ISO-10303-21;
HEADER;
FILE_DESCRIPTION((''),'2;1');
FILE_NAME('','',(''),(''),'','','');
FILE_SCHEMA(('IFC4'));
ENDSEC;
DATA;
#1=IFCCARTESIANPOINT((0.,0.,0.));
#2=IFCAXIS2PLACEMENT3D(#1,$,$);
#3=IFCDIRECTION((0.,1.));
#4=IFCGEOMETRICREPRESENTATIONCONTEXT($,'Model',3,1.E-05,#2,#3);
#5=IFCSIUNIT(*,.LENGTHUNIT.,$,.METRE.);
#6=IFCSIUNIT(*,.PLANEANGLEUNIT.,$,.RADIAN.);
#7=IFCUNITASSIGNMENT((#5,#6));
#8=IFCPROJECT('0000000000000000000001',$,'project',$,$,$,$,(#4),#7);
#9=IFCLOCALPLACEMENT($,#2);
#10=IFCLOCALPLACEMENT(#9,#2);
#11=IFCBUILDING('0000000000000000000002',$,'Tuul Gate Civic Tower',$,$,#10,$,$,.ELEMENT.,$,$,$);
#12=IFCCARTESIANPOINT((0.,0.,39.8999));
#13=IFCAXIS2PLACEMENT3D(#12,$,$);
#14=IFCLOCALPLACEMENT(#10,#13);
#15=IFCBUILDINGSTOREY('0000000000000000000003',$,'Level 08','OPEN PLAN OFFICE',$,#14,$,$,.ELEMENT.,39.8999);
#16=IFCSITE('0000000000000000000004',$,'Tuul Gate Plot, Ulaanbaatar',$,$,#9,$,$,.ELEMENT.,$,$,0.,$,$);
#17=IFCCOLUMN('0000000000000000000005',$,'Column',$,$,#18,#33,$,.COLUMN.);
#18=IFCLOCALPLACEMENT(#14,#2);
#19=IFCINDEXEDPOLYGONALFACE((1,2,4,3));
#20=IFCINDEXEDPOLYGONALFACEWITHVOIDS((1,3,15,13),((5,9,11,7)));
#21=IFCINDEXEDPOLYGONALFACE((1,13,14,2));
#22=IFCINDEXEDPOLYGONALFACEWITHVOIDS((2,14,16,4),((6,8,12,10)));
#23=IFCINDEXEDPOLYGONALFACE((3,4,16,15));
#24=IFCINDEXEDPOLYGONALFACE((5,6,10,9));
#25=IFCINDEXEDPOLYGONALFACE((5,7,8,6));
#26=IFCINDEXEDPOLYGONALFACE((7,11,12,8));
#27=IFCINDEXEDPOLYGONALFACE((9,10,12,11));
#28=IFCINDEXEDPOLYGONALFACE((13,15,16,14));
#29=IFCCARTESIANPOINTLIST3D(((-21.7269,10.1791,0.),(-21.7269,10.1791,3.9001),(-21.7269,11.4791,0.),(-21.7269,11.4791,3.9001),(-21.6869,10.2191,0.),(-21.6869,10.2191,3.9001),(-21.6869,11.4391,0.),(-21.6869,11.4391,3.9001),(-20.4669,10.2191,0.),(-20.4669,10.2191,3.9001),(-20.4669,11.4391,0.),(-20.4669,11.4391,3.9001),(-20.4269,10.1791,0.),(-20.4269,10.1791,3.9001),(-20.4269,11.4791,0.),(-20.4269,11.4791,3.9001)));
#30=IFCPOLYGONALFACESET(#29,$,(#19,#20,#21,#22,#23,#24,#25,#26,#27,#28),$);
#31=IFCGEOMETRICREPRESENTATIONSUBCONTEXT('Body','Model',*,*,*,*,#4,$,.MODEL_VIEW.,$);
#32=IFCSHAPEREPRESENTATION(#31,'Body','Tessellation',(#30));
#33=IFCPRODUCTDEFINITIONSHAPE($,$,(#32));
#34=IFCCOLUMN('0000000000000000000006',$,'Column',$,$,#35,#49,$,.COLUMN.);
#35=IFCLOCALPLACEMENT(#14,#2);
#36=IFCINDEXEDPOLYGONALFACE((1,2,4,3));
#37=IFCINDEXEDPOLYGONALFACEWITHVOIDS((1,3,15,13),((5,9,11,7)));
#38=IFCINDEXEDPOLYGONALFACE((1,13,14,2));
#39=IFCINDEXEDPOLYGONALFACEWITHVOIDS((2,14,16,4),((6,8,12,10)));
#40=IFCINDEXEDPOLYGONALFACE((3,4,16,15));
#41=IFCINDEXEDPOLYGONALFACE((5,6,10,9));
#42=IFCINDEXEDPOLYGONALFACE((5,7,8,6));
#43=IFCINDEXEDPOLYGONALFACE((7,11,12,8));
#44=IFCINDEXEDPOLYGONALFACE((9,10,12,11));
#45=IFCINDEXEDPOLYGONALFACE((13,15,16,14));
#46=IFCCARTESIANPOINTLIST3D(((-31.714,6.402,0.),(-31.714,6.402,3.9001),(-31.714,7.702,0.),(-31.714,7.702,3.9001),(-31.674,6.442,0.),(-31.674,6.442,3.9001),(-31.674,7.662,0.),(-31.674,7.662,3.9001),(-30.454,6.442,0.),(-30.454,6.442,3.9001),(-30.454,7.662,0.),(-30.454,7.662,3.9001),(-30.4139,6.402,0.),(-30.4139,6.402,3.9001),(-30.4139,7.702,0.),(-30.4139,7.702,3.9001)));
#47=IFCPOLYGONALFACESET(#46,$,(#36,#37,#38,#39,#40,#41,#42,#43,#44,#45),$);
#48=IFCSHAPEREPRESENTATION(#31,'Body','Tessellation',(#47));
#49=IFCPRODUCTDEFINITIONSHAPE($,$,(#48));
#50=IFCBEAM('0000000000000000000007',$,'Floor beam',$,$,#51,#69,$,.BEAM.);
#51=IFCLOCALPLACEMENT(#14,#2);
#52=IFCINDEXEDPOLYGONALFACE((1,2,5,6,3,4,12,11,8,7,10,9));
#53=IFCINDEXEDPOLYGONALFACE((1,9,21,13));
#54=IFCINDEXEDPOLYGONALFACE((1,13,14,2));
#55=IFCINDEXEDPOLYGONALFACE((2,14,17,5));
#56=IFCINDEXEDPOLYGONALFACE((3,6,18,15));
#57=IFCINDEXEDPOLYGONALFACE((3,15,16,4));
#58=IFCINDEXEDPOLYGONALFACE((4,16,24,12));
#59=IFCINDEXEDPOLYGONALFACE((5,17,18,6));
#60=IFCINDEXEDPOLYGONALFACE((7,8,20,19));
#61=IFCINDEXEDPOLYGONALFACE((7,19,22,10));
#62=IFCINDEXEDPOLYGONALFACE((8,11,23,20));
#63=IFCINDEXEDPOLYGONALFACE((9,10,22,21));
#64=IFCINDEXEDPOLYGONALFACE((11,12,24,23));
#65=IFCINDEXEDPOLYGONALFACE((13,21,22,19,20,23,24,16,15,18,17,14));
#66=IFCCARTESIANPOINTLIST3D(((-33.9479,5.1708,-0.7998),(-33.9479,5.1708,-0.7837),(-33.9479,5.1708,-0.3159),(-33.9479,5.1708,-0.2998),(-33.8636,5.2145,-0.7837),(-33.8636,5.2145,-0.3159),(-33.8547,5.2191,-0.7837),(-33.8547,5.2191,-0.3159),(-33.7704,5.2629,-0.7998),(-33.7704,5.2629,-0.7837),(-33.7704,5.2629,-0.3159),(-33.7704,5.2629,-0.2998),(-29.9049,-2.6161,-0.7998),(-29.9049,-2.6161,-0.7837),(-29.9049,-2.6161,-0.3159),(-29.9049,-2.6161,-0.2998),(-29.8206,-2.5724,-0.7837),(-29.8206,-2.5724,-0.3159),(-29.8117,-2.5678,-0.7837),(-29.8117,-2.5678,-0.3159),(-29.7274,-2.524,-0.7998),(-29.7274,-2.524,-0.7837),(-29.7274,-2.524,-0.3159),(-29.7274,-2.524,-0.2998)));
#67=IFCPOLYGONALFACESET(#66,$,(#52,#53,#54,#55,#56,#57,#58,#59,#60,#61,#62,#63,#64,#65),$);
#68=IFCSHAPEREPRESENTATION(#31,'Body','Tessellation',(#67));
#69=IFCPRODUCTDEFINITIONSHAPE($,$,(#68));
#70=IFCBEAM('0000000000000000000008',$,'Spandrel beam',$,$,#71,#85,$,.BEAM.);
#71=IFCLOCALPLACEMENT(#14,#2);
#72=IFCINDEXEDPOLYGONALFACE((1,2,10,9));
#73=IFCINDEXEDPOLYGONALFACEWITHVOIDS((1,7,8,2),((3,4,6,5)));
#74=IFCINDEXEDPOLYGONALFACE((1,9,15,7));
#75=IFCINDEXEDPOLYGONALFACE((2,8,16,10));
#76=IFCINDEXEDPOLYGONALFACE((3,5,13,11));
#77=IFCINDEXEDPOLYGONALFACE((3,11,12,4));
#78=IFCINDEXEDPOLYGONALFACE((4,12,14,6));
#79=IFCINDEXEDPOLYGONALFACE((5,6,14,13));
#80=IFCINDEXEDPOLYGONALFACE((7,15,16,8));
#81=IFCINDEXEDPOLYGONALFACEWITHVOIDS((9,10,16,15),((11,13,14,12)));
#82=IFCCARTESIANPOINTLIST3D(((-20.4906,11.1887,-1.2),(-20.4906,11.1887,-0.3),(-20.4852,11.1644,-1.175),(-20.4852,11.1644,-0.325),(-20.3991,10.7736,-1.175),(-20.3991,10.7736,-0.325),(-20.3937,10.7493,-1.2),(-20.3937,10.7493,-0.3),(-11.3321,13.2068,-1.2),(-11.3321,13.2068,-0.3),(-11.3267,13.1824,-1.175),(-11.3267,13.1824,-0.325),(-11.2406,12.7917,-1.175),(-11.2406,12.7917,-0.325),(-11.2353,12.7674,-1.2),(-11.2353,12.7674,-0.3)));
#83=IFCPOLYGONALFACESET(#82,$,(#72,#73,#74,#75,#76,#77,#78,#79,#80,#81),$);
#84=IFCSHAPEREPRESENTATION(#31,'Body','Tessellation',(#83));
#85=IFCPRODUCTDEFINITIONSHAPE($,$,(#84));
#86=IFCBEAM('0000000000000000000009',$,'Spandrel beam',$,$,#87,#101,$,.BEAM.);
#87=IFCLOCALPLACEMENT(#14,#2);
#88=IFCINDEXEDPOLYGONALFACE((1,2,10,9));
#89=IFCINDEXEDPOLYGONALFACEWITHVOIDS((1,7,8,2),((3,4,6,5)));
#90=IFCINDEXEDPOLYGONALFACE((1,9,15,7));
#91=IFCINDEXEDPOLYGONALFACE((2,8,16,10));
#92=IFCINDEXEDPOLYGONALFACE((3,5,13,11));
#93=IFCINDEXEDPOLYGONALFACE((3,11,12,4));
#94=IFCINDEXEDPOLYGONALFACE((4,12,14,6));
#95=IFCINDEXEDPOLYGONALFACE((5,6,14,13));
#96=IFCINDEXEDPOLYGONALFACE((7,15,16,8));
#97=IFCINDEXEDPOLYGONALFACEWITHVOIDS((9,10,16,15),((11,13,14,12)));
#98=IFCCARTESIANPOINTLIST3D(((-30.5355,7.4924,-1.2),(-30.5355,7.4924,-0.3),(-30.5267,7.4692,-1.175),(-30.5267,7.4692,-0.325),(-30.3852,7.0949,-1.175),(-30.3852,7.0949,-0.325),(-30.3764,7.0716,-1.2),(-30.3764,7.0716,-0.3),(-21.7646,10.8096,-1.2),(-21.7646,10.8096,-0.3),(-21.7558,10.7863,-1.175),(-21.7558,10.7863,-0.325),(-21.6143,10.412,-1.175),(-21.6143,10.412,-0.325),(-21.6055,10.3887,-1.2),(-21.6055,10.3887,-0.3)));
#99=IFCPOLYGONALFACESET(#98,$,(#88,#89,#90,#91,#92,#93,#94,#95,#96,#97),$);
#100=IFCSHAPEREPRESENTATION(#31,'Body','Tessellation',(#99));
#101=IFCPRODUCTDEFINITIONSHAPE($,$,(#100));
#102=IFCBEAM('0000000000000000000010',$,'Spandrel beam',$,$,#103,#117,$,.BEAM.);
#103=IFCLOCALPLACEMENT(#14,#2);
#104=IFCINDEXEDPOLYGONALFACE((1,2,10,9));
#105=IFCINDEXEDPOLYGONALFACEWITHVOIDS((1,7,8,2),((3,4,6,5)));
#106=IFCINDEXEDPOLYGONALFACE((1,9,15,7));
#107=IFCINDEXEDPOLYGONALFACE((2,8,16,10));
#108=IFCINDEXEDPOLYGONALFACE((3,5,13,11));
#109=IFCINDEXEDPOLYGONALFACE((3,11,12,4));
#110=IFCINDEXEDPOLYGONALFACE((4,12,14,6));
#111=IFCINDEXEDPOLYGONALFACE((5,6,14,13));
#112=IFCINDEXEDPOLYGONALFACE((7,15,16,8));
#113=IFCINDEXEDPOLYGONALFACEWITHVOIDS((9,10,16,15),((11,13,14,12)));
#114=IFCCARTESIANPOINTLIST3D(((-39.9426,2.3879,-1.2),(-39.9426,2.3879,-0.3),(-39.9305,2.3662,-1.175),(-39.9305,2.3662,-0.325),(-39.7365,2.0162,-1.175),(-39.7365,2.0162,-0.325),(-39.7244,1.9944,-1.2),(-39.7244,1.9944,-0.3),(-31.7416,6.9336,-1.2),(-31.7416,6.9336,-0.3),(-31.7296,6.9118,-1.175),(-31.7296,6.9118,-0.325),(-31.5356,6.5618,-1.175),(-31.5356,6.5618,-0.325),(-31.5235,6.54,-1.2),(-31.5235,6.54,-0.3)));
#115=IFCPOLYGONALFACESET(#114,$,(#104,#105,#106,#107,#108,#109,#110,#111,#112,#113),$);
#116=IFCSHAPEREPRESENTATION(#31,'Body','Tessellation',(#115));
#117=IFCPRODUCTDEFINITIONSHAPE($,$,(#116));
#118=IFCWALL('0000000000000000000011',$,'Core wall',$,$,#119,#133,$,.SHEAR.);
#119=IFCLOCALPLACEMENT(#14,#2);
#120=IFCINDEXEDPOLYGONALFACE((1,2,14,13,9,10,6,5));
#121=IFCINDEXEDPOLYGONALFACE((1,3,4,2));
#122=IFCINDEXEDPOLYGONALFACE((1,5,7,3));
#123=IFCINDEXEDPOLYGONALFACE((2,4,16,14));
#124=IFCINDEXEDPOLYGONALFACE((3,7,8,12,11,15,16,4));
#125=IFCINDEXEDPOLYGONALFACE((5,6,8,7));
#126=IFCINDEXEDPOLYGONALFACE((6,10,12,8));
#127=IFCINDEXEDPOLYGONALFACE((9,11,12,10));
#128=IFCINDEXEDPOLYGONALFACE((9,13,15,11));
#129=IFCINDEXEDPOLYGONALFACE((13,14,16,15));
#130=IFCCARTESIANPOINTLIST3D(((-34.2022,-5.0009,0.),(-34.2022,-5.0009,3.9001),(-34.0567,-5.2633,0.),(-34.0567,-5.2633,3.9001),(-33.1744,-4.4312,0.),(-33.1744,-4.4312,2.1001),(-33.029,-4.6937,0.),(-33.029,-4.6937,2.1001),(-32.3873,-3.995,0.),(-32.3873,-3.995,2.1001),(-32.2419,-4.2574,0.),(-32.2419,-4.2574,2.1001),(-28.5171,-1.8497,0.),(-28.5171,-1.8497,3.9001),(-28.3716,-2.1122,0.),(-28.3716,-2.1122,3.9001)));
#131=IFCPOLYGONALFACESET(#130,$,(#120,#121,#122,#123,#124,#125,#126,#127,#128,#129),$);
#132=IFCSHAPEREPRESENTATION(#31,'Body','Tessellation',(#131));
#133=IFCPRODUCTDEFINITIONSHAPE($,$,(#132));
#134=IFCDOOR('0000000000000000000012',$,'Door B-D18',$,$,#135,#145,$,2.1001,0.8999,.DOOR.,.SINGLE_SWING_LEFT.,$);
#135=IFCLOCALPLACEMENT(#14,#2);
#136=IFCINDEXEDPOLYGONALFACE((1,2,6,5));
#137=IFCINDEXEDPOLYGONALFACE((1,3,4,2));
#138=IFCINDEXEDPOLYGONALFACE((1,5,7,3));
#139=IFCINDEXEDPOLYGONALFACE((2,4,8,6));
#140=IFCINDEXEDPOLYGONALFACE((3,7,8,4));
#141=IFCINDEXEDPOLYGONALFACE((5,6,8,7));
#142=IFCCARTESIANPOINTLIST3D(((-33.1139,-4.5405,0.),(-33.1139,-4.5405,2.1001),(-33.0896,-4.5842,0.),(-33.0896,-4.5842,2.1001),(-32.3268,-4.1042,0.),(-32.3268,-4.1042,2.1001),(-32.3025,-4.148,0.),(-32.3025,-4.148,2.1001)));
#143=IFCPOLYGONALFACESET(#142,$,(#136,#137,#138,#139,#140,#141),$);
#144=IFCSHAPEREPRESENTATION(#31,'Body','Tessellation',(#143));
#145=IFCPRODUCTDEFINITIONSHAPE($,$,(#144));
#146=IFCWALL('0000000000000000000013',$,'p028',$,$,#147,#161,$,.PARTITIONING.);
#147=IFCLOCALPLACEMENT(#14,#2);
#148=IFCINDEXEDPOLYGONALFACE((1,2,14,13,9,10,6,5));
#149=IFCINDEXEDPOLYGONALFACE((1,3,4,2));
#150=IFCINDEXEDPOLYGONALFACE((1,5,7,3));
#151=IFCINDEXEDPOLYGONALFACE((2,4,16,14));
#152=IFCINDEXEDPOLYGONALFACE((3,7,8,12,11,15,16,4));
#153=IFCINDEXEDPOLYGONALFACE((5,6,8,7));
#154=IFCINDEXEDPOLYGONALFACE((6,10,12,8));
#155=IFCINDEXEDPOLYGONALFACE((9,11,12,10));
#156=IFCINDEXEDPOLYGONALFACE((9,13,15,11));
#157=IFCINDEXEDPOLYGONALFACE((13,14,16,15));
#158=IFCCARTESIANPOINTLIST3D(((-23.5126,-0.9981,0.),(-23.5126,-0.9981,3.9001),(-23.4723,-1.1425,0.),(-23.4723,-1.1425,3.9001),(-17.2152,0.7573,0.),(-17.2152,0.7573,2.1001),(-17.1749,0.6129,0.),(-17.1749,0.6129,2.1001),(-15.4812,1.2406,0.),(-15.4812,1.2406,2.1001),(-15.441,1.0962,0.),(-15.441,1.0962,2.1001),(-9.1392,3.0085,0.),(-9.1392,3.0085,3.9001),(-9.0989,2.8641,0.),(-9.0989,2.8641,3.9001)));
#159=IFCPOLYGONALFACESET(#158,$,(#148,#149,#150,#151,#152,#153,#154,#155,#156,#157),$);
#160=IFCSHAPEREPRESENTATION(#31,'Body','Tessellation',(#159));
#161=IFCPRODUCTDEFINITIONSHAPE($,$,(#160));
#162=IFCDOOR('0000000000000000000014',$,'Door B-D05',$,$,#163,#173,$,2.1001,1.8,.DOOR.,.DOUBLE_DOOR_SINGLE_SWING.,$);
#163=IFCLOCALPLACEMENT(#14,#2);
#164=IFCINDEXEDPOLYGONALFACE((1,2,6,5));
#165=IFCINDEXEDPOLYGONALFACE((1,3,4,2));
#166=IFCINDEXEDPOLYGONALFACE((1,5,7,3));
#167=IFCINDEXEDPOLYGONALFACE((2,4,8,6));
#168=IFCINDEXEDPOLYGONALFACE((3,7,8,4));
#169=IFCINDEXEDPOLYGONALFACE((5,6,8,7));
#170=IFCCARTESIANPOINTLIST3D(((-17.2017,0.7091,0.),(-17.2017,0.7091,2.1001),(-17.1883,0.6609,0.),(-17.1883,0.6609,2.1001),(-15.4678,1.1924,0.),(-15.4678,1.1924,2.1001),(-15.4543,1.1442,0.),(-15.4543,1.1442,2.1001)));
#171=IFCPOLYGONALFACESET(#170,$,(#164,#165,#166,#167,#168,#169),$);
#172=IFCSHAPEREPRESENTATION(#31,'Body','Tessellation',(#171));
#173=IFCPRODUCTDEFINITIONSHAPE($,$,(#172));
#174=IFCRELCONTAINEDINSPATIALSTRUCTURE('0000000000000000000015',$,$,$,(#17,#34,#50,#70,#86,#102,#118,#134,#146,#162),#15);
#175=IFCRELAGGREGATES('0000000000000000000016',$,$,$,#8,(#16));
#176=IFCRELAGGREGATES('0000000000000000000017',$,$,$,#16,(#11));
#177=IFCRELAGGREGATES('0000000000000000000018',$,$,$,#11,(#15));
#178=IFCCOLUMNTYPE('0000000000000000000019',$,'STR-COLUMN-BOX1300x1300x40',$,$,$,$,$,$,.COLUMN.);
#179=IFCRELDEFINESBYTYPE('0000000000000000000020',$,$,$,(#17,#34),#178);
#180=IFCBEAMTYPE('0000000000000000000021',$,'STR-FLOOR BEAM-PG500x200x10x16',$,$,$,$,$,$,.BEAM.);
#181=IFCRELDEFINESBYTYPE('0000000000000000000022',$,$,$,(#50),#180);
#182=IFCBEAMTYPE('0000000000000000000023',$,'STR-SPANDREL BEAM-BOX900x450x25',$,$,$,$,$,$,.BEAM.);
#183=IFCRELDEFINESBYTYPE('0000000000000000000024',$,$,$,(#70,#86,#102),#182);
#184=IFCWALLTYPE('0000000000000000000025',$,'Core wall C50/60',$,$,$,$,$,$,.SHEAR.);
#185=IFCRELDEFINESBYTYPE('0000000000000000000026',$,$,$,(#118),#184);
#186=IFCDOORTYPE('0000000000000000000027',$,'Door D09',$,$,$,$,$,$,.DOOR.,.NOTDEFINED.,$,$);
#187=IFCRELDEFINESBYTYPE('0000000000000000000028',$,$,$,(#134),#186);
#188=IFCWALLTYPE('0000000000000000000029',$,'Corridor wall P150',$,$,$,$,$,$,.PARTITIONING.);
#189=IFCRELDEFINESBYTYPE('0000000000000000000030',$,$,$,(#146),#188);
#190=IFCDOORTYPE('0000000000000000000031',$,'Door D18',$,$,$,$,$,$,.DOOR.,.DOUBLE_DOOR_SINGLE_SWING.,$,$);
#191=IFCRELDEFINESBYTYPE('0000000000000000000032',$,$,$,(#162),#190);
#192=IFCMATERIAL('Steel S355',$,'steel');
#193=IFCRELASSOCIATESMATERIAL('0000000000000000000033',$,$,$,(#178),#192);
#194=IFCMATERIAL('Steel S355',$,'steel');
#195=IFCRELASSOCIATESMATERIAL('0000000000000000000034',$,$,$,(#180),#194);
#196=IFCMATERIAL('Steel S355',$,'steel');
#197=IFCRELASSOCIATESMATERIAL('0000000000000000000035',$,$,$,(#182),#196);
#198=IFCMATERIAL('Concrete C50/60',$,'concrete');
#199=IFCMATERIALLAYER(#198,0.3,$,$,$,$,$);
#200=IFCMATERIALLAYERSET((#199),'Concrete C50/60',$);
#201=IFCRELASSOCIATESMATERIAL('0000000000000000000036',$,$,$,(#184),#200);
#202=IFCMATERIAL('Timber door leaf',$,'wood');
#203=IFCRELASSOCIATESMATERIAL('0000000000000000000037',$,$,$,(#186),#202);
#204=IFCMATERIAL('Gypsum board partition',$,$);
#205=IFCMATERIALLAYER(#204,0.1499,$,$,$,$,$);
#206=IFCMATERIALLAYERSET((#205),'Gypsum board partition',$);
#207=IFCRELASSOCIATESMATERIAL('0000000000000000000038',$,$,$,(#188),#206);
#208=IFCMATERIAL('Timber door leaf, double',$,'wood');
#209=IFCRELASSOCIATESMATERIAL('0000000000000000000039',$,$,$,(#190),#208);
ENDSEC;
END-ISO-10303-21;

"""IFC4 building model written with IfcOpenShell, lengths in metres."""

from ifc_helpers import new_model, si_unit, direction, frame, frame_2d, origin, origin_2d, place, context, subcontext, project, spatial, rectangle, hollow_rectangle, i_section, extrude, material, layer, layer_set, material_profile, profile_set, type_object, element, fill, save


model = new_model("IFC4")

# Units and contexts
model_context = context("Model", 3, precision=1e-05, world=origin(), true_north=direction((0.0, 1.0)))
body_context = subcontext(model_context, "Body", "Model", "MODEL_VIEW")
ifc_project = project(units=[si_unit("LENGTHUNIT", "METRE"), si_unit("PLANEANGLEUNIT", "RADIAN")], contexts=[model_context])

# Site, building, storey
site_placement = place(None, origin())
site = spatial("IfcSite", under=ifc_project, at=site_placement, Name="Tuul Gate Plot, Ulaanbaatar", CompositionType="ELEMENT", RefElevation=0.0)
building_placement = place(site_placement, origin())
building = spatial("IfcBuilding", under=site, at=building_placement, Name="Tuul Gate Civic Tower", CompositionType="ELEMENT")
storey_placement = place(building_placement, frame((0.0, 0.0, 39.8999)))
storey = spatial("IfcBuildingStorey", under=building, at=storey_placement, Name="Level 08", Description="OPEN PLAN OFFICE", CompositionType="ELEMENT", Elevation=39.8999)

# Columns
ifc_material_1 = material(Name="Steel S355", Category="steel")
ifc_material_profile_1 = material_profile(ifc_material_1, hollow_rectangle(XDim=1.3, YDim=1.3, WallThickness=0.04, at=origin_2d()), Name="BOX1300x1300x40")
ifc_profile_set_1 = profile_set([ifc_material_profile_1], Name="Steel S355")
column_type = type_object("IfcColumnType", Name="STR-COLUMN-BOX1300x1300x40", PredefinedType="COLUMN", material=ifc_profile_set_1)
for number, where, z_axis, x_axis, name in (
    (1, (-21.0769, 10.8291, 0.0), (0.0, 0.0, 1.0), (1.0, 0.0, 0.0), "Column"),
    (2, (-31.064, 7.052, 0.0), (0.0, 0.0, 1.0), (1.0, 0.0, 0.0), "Column"),
):
    element("IfcColumn", number, at=place(storey_placement, frame(where, z_axis=z_axis, x_axis=x_axis)), inside=storey, type_object=column_type, Name=name, PredefinedType="COLUMN", context=body_context, shape_type="SweptSolid", body=[
        extrude(hollow_rectangle(XDim=1.3, YDim=1.3, WallThickness=0.04, at=origin_2d()), origin(), (0.0, 0.0, 1.0), 3.9001),
    ])

# Beams
ifc_material_2 = material(Name="Steel S355", Category="steel")
ifc_material_profile_2 = material_profile(ifc_material_2, i_section(OverallWidth=0.2, OverallDepth=0.5, WebThickness=0.01, FlangeThickness=0.0161, at=origin_2d()), Name="PG500x200x10x16")
ifc_profile_set_2 = profile_set([ifc_material_profile_2], Name="Steel S355")
beam_type_1 = type_object("IfcBeamType", Name="STR-FLOOR BEAM-PG500x200x10x16", PredefinedType="BEAM", material=ifc_profile_set_2)
beam_1_placement = place(storey_placement, frame((-29.8162, -2.5701, -0.5498), z_axis=(-0.460796, 0.887506, 0.0), x_axis=(-0.887506, -0.460796, 0.0)))
element("IfcBeam", 3, at=beam_1_placement, inside=storey, type_object=beam_type_1, Name="Floor beam", PredefinedType="BEAM", context=body_context, shape_type="SweptSolid", body=[
    extrude(i_section(OverallWidth=0.2, OverallDepth=0.5, WebThickness=0.01, FlangeThickness=0.0161, at=origin_2d()), origin(), (0.0, 0.0, 1.0), 8.7739),
])
ifc_material_3 = material(Name="Steel S355", Category="steel")
ifc_material_profile_3 = material_profile(ifc_material_3, hollow_rectangle(XDim=0.45, YDim=0.8999, WallThickness=0.0249, at=origin_2d()), Name="BOX900x450x25")
ifc_profile_set_3 = profile_set([ifc_material_profile_3], Name="Steel S355")
beam_type_2 = type_object("IfcBeamType", Name="STR-SPANDREL BEAM-BOX900x450x25", PredefinedType="BEAM", material=ifc_profile_set_3)
beam_2_placement = place(storey_placement, frame((-11.2837, 12.9871, -0.75), z_axis=(-0.976573, -0.215188, 0.0), x_axis=(0.215188, -0.976573, 0.0)))
element("IfcBeam", 4, at=beam_2_placement, inside=storey, type_object=beam_type_2, Name="Spandrel beam", PredefinedType="BEAM", context=body_context, shape_type="SweptSolid", body=[
    extrude(hollow_rectangle(XDim=0.45, YDim=0.8999, WallThickness=0.0249, at=origin_2d()), origin(), (0.0, 0.0, 1.0), 9.3782),
])
beam_3_placement = place(storey_placement, frame((-21.6851, 10.5991, -0.75), z_axis=(-0.935343, -0.353741, 0.0), x_axis=(0.353741, -0.935343, 0.0)))
element("IfcBeam", 5, at=beam_3_placement, inside=storey, type_object=beam_type_2, Name="Spandrel beam", PredefinedType="BEAM", context=body_context, shape_type="SweptSolid", body=[
    extrude(hollow_rectangle(XDim=0.45, YDim=0.8999, WallThickness=0.0249, at=origin_2d()), origin(), (0.0, 0.0, 1.0), 9.3772),
])
beam_4_placement = place(storey_placement, frame((-31.6326, 6.7368, -0.75), z_axis=(-0.874628, -0.484794, 0.0), x_axis=(0.484794, -0.874628, 0.0)))
element("IfcBeam", 6, at=beam_4_placement, inside=storey, type_object=beam_type_2, Name="Spandrel beam", PredefinedType="BEAM", context=body_context, shape_type="SweptSolid", body=[
    extrude(hollow_rectangle(XDim=0.45, YDim=0.8999, WallThickness=0.0249, at=origin_2d()), origin(), (0.0, 0.0, 1.0), 9.3765),
])

# Walls, openings, doors
ifc_material_4 = material(Name="Concrete C50/60", Category="concrete")
ifc_layer_1 = layer(ifc_material_4, 0.3)
ifc_layer_set_1 = layer_set([ifc_layer_1], Name="Concrete C50/60")
wall_type_1 = type_object("IfcWallType", Name="Core wall C50/60", PredefinedType="SHEAR", material=ifc_layer_set_1)
wall_1_placement = place(storey_placement, frame((-28.4443, -1.981, 0.0), z_axis=(0.0, 0.0, 1.0), x_axis=(-0.87463, -0.484791, 0.0)))
wall_1 = element("IfcWall", 7, at=wall_1_placement, inside=storey, type_object=wall_type_1, Name="Core wall", PredefinedType="SHEAR", context=body_context, shape_type="SweptSolid", body=[
    extrude(rectangle(XDim=6.5, YDim=0.3, at=frame_2d((3.25, 0.0))), origin(), (0.0, 0.0, 1.0), 3.9001),
])
opening_1_placement = place(wall_1_placement, frame((4.425, 0.0, 0.0)))
opening_1 = element("IfcOpeningElement", 8, at=opening_1_placement, cuts=wall_1, PredefinedType="OPENING", context=body_context, shape_type="SweptSolid", body=[
    extrude(rectangle(XDim=0.8999, YDim=2.1001, at=frame_2d((0.45, 1.05))), frame((0.0, 0.1602, 0.0), z_axis=(0.0, -1.0, 0.0), x_axis=(1.0, 0.0, 0.0)), (0.0, 0.0, 1.0), 0.3201),
])
ifc_material_5 = material(Name="Timber door leaf", Category="wood")
door_type_1 = type_object("IfcDoorType", Name="Door D09", OperationType="NOTDEFINED", PredefinedType="DOOR", material=ifc_material_5)
door_1_placement = place(opening_1_placement, origin())
door_1 = element("IfcDoor", 9, at=door_1_placement, inside=storey, type_object=door_type_1, Name="Door B-D18", OperationType="SINGLE_SWING_LEFT", OverallHeight=2.1001, OverallWidth=0.8999, PredefinedType="DOOR", context=body_context, shape_type="SweptSolid", body=[
    extrude(rectangle(XDim=0.8999, YDim=2.1001, at=frame_2d((0.45, 1.05))), frame((0.0, 0.0249, 0.0), z_axis=(0.0, -1.0, 0.0), x_axis=(1.0, 0.0, 0.0)), (0.0, 0.0, 1.0), 0.05),
])
fill(opening_1, door_1)
ifc_material_6 = material(Name="Gypsum board partition")
ifc_layer_2 = layer(ifc_material_6, 0.1499)
ifc_layer_set_2 = layer_set([ifc_layer_2], Name="Gypsum board partition")
wall_type_2 = type_object("IfcWallType", Name="Corridor wall P150", PredefinedType="PARTITIONING", material=ifc_layer_set_2)
wall_2_placement = place(storey_placement, frame((-23.4924, -1.0703, 0.0), z_axis=(0.0, 0.0, 1.0), x_axis=(0.963275, 0.268515, 0.0)))
wall_2 = element("IfcWall", 10, at=wall_2_placement, inside=storey, type_object=wall_type_2, Name="p028", PredefinedType="PARTITIONING", context=body_context, shape_type="SweptSolid", body=[
    extrude(rectangle(XDim=14.9214, YDim=0.1499, at=frame_2d((7.4607, 0.0))), origin(), (0.0, 0.0, 1.0), 3.9001),
])
opening_2_placement = place(wall_2_placement, frame((6.5376, 0.0, 0.0)))
opening_2 = element("IfcOpeningElement", 11, at=opening_2_placement, cuts=wall_2, PredefinedType="OPENING", context=body_context, shape_type="SweptSolid", body=[
    extrude(rectangle(XDim=1.8, YDim=2.1001, at=frame_2d((0.8999, 1.05))), frame((0.0, 0.085, 0.0), z_axis=(0.0, -1.0, 0.0), x_axis=(1.0, 0.0, 0.0)), (0.0, 0.0, 1.0), 0.1699),
])
ifc_material_7 = material(Name="Timber door leaf, double", Category="wood")
door_type_2 = type_object("IfcDoorType", Name="Door D18", OperationType="DOUBLE_DOOR_SINGLE_SWING", PredefinedType="DOOR", material=ifc_material_7)
door_2_placement = place(opening_2_placement, origin())
door_2 = element("IfcDoor", 12, at=door_2_placement, inside=storey, type_object=door_type_2, Name="Door B-D05", OperationType="DOUBLE_DOOR_SINGLE_SWING", OverallHeight=2.1001, OverallWidth=1.8, PredefinedType="DOOR", context=body_context, shape_type="SweptSolid", body=[
    extrude(rectangle(XDim=1.8, YDim=2.1001, at=frame_2d((0.8999, 1.05))), frame((0.0, 0.0249, 0.0), z_axis=(0.0, -1.0, 0.0), x_axis=(1.0, 0.0, 0.0)), (0.0, 0.0, 1.0), 0.05),
])
fill(opening_2, door_2)

save(model, "model.ifc")
